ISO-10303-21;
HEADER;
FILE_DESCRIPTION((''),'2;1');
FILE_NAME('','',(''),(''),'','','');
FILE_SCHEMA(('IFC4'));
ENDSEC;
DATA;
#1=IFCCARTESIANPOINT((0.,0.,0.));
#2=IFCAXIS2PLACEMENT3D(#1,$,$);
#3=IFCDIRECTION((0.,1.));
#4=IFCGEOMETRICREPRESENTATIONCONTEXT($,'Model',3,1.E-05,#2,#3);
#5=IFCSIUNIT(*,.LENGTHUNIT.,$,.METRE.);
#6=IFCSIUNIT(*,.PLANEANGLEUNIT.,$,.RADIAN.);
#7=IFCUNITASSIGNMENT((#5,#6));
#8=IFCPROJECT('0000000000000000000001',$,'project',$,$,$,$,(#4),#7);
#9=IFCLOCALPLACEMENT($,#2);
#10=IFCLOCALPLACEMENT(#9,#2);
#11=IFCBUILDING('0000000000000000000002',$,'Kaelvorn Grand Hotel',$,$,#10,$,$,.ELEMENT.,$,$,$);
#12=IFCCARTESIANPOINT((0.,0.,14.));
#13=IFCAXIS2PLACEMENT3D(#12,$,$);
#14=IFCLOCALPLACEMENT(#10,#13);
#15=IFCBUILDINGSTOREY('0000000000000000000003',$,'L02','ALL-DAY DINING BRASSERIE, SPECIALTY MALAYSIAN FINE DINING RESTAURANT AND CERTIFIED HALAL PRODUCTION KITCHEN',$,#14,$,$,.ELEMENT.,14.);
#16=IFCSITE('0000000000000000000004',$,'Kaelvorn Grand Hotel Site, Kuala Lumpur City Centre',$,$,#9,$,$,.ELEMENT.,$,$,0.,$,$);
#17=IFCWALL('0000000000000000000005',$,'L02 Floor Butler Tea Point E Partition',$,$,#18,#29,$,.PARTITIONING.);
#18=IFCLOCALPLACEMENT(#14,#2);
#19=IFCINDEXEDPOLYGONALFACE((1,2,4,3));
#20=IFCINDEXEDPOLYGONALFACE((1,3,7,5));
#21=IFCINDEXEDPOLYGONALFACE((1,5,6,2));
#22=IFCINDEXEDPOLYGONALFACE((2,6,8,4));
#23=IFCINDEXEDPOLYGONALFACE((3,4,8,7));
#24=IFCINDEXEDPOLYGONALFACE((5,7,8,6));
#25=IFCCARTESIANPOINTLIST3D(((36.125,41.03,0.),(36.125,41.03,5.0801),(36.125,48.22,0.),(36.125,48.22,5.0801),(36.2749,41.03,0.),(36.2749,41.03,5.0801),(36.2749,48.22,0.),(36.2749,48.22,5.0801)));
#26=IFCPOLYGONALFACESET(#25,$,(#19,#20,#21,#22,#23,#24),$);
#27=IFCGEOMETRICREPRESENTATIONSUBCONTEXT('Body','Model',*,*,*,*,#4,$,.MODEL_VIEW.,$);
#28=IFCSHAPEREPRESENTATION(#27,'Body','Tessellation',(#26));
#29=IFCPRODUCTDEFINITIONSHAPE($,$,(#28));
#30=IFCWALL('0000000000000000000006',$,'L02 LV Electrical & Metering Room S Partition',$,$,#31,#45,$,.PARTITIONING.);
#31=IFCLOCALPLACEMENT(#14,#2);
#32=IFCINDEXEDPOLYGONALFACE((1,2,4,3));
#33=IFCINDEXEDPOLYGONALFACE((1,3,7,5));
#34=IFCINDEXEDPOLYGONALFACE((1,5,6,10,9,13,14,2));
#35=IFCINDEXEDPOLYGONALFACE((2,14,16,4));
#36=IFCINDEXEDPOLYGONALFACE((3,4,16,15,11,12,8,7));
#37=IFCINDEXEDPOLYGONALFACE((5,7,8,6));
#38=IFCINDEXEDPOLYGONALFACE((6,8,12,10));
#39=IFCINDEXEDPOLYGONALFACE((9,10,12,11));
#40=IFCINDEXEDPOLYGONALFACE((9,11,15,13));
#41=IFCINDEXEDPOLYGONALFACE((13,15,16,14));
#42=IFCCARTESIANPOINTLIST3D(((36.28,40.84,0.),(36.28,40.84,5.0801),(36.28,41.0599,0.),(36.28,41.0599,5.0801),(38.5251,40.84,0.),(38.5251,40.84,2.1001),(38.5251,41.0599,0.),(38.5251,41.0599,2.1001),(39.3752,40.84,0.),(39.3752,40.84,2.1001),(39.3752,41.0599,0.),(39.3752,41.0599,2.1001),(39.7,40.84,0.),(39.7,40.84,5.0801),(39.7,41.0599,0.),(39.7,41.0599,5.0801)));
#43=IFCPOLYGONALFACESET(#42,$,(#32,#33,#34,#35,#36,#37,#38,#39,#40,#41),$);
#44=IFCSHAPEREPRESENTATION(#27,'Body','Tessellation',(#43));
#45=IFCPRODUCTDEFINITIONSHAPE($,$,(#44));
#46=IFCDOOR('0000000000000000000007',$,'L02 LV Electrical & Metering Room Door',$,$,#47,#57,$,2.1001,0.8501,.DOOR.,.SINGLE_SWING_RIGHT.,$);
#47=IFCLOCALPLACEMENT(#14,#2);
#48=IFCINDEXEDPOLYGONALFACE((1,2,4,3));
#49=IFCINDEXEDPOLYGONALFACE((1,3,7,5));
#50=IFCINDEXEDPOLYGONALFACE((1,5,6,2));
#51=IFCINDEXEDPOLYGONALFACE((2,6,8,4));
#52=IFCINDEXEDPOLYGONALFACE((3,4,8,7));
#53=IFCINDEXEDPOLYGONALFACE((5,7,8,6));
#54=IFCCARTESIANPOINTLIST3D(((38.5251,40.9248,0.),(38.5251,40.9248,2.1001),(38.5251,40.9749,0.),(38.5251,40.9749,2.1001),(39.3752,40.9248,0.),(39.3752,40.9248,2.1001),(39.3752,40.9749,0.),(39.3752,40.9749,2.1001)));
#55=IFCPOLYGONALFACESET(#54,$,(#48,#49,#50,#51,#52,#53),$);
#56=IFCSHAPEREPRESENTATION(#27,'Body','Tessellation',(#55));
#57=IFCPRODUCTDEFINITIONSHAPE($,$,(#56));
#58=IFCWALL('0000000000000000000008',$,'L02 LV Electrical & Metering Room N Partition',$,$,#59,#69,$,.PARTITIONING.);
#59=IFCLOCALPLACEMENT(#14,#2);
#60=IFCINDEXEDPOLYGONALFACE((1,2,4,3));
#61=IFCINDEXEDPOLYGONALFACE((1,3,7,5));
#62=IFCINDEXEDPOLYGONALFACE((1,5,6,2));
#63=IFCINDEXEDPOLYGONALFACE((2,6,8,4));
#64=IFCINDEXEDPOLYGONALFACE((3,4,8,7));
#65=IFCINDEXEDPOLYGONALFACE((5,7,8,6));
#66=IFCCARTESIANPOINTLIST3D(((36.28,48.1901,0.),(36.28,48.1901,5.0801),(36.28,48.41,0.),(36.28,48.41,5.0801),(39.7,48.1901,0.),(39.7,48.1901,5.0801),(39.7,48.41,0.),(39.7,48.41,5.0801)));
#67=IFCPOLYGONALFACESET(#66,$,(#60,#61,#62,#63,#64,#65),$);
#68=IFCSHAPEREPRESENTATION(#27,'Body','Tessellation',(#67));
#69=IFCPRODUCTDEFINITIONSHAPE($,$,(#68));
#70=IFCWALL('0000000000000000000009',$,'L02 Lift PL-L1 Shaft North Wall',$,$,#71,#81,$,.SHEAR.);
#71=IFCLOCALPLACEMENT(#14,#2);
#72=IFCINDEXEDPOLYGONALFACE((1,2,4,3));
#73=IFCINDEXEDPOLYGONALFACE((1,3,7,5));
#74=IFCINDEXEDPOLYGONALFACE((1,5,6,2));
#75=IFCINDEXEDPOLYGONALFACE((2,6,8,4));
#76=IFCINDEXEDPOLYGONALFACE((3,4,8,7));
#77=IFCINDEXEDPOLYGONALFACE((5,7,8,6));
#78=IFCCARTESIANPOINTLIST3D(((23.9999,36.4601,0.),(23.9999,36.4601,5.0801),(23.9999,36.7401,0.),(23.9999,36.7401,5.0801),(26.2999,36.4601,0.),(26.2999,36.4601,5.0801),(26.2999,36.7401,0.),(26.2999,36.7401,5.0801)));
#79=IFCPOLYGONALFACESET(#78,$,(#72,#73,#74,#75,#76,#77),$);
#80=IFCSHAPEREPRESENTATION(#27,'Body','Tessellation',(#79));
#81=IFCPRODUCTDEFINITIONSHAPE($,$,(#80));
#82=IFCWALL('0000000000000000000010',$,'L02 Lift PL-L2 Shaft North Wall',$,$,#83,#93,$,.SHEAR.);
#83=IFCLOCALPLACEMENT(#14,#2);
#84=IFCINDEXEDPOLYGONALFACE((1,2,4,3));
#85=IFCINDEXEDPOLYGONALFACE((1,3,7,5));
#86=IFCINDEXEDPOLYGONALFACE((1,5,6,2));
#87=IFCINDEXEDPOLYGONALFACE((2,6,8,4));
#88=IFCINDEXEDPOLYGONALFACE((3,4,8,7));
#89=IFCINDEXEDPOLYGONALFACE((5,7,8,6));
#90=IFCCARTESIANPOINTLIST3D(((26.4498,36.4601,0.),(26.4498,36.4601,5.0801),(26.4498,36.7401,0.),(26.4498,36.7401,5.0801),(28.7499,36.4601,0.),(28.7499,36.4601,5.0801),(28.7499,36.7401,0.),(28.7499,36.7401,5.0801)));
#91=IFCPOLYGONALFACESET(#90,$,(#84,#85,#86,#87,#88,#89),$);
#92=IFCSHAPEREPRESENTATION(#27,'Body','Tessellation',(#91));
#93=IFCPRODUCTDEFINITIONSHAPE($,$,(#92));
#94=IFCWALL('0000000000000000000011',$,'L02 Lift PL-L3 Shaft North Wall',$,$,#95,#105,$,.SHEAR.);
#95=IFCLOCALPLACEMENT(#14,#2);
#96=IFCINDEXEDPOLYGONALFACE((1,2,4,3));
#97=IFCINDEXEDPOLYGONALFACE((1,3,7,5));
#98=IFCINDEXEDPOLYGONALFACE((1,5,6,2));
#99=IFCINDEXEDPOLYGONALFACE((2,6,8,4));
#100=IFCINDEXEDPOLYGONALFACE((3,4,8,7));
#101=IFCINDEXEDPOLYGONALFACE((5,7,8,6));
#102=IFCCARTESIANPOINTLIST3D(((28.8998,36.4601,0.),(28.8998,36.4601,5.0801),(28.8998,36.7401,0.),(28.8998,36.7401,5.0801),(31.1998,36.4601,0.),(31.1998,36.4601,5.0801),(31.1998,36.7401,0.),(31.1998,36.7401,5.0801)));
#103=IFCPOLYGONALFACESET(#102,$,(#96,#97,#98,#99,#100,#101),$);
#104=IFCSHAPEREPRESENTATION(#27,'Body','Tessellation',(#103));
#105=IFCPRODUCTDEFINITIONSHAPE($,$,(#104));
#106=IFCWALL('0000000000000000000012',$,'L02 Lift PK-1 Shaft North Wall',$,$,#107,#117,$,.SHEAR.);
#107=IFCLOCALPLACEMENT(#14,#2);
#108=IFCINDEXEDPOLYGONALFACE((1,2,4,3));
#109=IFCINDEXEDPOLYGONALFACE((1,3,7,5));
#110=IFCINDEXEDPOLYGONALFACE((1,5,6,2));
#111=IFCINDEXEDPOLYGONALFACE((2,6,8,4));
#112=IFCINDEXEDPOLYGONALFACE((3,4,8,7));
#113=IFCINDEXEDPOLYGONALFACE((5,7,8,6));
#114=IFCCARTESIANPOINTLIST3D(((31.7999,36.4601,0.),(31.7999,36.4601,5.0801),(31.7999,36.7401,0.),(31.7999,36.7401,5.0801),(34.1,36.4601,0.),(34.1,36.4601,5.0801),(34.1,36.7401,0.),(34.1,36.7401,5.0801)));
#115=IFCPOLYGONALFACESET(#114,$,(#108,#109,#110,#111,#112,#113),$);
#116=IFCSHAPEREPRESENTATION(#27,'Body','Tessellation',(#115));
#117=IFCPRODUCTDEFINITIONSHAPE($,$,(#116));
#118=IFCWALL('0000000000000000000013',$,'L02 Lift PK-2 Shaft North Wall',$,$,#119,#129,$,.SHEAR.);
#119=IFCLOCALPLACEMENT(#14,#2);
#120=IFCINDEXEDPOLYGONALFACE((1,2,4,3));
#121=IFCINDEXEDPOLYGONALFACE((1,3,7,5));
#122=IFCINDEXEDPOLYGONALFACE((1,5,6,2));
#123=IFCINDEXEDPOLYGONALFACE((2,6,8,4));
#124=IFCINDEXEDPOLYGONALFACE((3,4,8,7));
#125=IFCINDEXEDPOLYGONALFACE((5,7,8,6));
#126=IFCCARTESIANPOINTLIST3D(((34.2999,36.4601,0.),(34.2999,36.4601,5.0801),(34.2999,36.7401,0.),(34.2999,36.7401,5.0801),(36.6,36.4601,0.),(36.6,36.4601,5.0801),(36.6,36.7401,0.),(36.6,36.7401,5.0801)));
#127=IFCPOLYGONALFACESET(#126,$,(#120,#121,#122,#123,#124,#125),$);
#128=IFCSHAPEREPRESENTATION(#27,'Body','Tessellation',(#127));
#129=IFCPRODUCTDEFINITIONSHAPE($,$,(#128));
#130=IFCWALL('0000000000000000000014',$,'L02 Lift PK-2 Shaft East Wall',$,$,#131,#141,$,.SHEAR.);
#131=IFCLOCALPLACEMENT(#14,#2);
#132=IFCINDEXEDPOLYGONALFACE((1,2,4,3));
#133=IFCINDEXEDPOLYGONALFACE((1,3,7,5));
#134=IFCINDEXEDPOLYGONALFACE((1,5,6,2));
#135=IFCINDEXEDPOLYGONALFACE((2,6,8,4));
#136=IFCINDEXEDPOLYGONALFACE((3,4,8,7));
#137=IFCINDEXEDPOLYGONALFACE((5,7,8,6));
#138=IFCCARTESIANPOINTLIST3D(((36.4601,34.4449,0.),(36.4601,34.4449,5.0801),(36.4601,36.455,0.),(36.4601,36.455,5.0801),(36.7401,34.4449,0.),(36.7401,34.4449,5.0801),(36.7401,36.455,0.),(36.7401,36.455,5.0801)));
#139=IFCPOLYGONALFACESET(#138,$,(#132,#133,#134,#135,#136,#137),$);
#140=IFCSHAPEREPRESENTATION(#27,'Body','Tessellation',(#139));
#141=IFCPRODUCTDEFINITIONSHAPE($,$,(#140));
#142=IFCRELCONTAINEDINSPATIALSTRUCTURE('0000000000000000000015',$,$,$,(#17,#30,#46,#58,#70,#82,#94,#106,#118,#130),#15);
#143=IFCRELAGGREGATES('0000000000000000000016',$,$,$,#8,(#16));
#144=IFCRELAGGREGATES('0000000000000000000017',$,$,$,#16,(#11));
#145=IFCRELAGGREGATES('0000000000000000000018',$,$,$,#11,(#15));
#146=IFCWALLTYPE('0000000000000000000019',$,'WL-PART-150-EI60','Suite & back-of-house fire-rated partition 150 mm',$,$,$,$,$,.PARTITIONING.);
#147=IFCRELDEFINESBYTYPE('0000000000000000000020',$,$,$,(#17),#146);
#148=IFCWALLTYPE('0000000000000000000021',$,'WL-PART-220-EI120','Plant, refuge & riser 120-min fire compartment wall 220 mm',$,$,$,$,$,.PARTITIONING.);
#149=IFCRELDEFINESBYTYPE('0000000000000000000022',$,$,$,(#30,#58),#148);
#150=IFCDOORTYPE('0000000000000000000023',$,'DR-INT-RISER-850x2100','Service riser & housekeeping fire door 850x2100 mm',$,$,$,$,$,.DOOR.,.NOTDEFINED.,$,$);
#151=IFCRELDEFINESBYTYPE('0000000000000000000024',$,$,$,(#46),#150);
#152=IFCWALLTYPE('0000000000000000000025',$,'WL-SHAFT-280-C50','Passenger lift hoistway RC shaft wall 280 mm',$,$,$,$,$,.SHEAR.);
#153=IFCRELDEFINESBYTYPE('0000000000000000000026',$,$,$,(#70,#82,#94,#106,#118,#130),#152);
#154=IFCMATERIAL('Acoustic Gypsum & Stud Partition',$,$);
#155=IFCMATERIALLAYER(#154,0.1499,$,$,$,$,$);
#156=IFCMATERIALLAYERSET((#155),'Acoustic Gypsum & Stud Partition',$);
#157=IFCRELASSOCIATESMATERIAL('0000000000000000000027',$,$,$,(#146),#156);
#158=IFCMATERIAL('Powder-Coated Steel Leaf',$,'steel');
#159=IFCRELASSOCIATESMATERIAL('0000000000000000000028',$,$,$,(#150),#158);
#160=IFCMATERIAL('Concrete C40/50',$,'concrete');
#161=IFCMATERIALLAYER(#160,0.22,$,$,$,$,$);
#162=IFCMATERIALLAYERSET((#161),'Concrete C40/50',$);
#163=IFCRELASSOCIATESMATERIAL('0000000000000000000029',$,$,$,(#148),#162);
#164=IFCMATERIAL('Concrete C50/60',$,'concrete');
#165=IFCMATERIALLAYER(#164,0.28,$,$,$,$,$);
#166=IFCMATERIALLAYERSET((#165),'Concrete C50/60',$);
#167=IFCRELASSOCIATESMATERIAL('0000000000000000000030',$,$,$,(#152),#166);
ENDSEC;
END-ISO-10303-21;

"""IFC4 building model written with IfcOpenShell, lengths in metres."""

from ifc_helpers import new_model, si_unit, direction, frame, frame_2d, origin, place, context, subcontext, project, spatial, rectangle, extrude, material, layer, layer_set, type_object, element, fill, save


model = new_model("IFC4")

# Units and contexts
model_context = context("Model", 3, precision=1e-05, world=origin(), true_north=direction((0.0, 1.0)))
body_context = subcontext(model_context, "Body", "Model", "MODEL_VIEW")
ifc_project = project(units=[si_unit("LENGTHUNIT", "METRE"), si_unit("PLANEANGLEUNIT", "RADIAN")], contexts=[model_context])

# Site, building, storey
site_placement = place(None, origin())
site = spatial("IfcSite", under=ifc_project, at=site_placement, Name="Kaelvorn Grand Hotel Site, Kuala Lumpur City Centre", CompositionType="ELEMENT", RefElevation=0.0)
building_placement = place(site_placement, origin())
building = spatial("IfcBuilding", under=site, at=building_placement, Name="Kaelvorn Grand Hotel", CompositionType="ELEMENT")
storey_placement = place(building_placement, frame((0.0, 0.0, 14.0)))
storey = spatial("IfcBuildingStorey", under=building, at=storey_placement, Name="L02", Description="ALL-DAY DINING BRASSERIE, SPECIALTY MALAYSIAN FINE DINING RESTAURANT AND CERTIFIED HALAL PRODUCTION KITCHEN", CompositionType="ELEMENT", Elevation=14.0)

# Shared definitions
ifc_material_1 = material(Name="Concrete C50/60", Category="concrete")

# Shared definitions
ifc_material_2 = material(Name="Acoustic Gypsum & Stud Partition")
ifc_layer_1 = layer(ifc_material_2, 0.1499)
ifc_layer_set_1 = layer_set([ifc_layer_1], Name="Acoustic Gypsum & Stud Partition")
wall_type_1 = type_object("IfcWallType", Name="WL-PART-150-EI60", Description="Suite & back-of-house fire-rated partition 150 mm", PredefinedType="PARTITIONING", material=ifc_layer_set_1)
ifc_material_3 = material(Name="Powder-Coated Steel Leaf", Category="steel")
door_type_1 = type_object("IfcDoorType", Name="DR-INT-RISER-850x2100", Description="Service riser & housekeeping fire door 850x2100 mm", OperationType="NOTDEFINED", PredefinedType="DOOR", material=ifc_material_3)

# Wall
wall_1_placement = place(storey_placement, frame((36.2, 41.03, 0.0), z_axis=(0.0, 0.0, 1.0), x_axis=(0.0, 1.0, 0.0)))
element("IfcWall", 1, at=wall_1_placement, inside=storey, type_object=wall_type_1, Name="L02 Floor Butler Tea Point E Partition", PredefinedType="PARTITIONING", context=body_context, shape_type="SweptSolid", body=[
    extrude(rectangle(XDim=7.1899, YDim=0.1499, at=frame_2d((3.595, 0.0))), origin(), (0.0, 0.0, 1.0), 5.0801),
])

# Wall, opening, door
ifc_material_4 = material(Name="Concrete C40/50", Category="concrete")
ifc_layer_2 = layer(ifc_material_4, 0.22)
ifc_layer_set_2 = layer_set([ifc_layer_2], Name="Concrete C40/50")
wall_type_2 = type_object("IfcWallType", Name="WL-PART-220-EI120", Description="Plant, refuge & riser 120-min fire compartment wall 220 mm", PredefinedType="PARTITIONING", material=ifc_layer_set_2)
wall_2_placement = place(storey_placement, frame((36.28, 40.95, 0.0), z_axis=(0.0, 0.0, 1.0), x_axis=(1.0, 0.0, 0.0)))
wall_2 = element("IfcWall", 2, at=wall_2_placement, inside=storey, type_object=wall_type_2, Name="L02 LV Electrical & Metering Room S Partition", PredefinedType="PARTITIONING", context=body_context, shape_type="SweptSolid", body=[
    extrude(rectangle(XDim=3.4199, YDim=0.22, at=frame_2d((1.71, 0.0))), origin(), (0.0, 0.0, 1.0), 5.0801),
])
opening_1_placement = place(wall_2_placement, frame((2.2451, 0.0, 0.0)))
opening_1 = element("IfcOpeningElement", 3, at=opening_1_placement, cuts=wall_2, PredefinedType="OPENING", context=body_context, shape_type="SweptSolid", body=[
    extrude(rectangle(XDim=0.8501, YDim=2.1001, at=frame_2d((0.425, 1.05))), frame((0.0, 0.1201, 0.0), z_axis=(0.0, -1.0, 0.0), x_axis=(1.0, 0.0, 0.0)), (0.0, 0.0, 1.0), 0.24),
])
door_1_placement = place(opening_1_placement, origin())
door_1 = element("IfcDoor", 4, at=door_1_placement, inside=storey, type_object=door_type_1, Name="L02 LV Electrical & Metering Room Door", OperationType="SINGLE_SWING_RIGHT", OverallHeight=2.1001, OverallWidth=0.8501, PredefinedType="DOOR", context=body_context, shape_type="SweptSolid", body=[
    extrude(rectangle(XDim=0.8501, YDim=2.1001, at=frame_2d((0.425, 1.05))), frame((0.0, 0.0249, 0.0), z_axis=(0.0, -1.0, 0.0), x_axis=(1.0, 0.0, 0.0)), (0.0, 0.0, 1.0), 0.05),
])
fill(opening_1, door_1)

# Walls
wall_3_placement = place(storey_placement, frame((36.28, 48.3, 0.0), z_axis=(0.0, 0.0, 1.0), x_axis=(1.0, 0.0, 0.0)))
element("IfcWall", 5, at=wall_3_placement, inside=storey, type_object=wall_type_2, Name="L02 LV Electrical & Metering Room N Partition", PredefinedType="PARTITIONING", context=body_context, shape_type="SweptSolid", body=[
    extrude(rectangle(XDim=3.4199, YDim=0.22, at=frame_2d((1.71, 0.0))), origin(), (0.0, 0.0, 1.0), 5.0801),
])
ifc_layer_3 = layer(ifc_material_1, 0.28)
ifc_layer_set_3 = layer_set([ifc_layer_3], Name="Concrete C50/60")
wall_type_3 = type_object("IfcWallType", Name="WL-SHAFT-280-C50", Description="Passenger lift hoistway RC shaft wall 280 mm", PredefinedType="SHEAR", material=ifc_layer_set_3)
for number, where, z_axis, x_axis, name in (
    (6, (24.0, 36.6001, 0.0), (0.0, 0.0, 1.0), (1.0, 0.0, 0.0), "L02 Lift PL-L1 Shaft North Wall"),
    (7, (26.45, 36.6001, 0.0), (0.0, 0.0, 1.0), (1.0, 0.0, 0.0), "L02 Lift PL-L2 Shaft North Wall"),
    (8, (28.8999, 36.6001, 0.0), (0.0, 0.0, 1.0), (1.0, 0.0, 0.0), "L02 Lift PL-L3 Shaft North Wall"),
    (9, (31.8, 36.6001, 0.0), (0.0, 0.0, 1.0), (1.0, 0.0, 0.0), "L02 Lift PK-1 Shaft North Wall"),
    (10, (34.3, 36.6001, 0.0), (0.0, 0.0, 1.0), (1.0, 0.0, 0.0), "L02 Lift PK-2 Shaft North Wall"),
):
    element("IfcWall", number, at=place(storey_placement, frame(where, z_axis=z_axis, x_axis=x_axis)), inside=storey, type_object=wall_type_3, Name=name, PredefinedType="SHEAR", context=body_context, shape_type="SweptSolid", body=[
        extrude(rectangle(XDim=2.3, YDim=0.28, at=frame_2d((1.1499, 0.0))), origin(), (0.0, 0.0, 1.0), 5.0801),
    ])
wall_4_placement = place(storey_placement, frame((36.6001, 34.4451, 0.0), z_axis=(0.0, 0.0, 1.0), x_axis=(0.0, 1.0, 0.0)))
element("IfcWall", 11, at=wall_4_placement, inside=storey, type_object=wall_type_3, Name="L02 Lift PK-2 Shaft East Wall", PredefinedType="SHEAR", context=body_context, shape_type="SweptSolid", body=[
    extrude(rectangle(XDim=2.01, YDim=0.28, at=frame_2d((1.0049, 0.0))), origin(), (0.0, 0.0, 1.0), 5.0801),
])

save(model, "model.ifc")
